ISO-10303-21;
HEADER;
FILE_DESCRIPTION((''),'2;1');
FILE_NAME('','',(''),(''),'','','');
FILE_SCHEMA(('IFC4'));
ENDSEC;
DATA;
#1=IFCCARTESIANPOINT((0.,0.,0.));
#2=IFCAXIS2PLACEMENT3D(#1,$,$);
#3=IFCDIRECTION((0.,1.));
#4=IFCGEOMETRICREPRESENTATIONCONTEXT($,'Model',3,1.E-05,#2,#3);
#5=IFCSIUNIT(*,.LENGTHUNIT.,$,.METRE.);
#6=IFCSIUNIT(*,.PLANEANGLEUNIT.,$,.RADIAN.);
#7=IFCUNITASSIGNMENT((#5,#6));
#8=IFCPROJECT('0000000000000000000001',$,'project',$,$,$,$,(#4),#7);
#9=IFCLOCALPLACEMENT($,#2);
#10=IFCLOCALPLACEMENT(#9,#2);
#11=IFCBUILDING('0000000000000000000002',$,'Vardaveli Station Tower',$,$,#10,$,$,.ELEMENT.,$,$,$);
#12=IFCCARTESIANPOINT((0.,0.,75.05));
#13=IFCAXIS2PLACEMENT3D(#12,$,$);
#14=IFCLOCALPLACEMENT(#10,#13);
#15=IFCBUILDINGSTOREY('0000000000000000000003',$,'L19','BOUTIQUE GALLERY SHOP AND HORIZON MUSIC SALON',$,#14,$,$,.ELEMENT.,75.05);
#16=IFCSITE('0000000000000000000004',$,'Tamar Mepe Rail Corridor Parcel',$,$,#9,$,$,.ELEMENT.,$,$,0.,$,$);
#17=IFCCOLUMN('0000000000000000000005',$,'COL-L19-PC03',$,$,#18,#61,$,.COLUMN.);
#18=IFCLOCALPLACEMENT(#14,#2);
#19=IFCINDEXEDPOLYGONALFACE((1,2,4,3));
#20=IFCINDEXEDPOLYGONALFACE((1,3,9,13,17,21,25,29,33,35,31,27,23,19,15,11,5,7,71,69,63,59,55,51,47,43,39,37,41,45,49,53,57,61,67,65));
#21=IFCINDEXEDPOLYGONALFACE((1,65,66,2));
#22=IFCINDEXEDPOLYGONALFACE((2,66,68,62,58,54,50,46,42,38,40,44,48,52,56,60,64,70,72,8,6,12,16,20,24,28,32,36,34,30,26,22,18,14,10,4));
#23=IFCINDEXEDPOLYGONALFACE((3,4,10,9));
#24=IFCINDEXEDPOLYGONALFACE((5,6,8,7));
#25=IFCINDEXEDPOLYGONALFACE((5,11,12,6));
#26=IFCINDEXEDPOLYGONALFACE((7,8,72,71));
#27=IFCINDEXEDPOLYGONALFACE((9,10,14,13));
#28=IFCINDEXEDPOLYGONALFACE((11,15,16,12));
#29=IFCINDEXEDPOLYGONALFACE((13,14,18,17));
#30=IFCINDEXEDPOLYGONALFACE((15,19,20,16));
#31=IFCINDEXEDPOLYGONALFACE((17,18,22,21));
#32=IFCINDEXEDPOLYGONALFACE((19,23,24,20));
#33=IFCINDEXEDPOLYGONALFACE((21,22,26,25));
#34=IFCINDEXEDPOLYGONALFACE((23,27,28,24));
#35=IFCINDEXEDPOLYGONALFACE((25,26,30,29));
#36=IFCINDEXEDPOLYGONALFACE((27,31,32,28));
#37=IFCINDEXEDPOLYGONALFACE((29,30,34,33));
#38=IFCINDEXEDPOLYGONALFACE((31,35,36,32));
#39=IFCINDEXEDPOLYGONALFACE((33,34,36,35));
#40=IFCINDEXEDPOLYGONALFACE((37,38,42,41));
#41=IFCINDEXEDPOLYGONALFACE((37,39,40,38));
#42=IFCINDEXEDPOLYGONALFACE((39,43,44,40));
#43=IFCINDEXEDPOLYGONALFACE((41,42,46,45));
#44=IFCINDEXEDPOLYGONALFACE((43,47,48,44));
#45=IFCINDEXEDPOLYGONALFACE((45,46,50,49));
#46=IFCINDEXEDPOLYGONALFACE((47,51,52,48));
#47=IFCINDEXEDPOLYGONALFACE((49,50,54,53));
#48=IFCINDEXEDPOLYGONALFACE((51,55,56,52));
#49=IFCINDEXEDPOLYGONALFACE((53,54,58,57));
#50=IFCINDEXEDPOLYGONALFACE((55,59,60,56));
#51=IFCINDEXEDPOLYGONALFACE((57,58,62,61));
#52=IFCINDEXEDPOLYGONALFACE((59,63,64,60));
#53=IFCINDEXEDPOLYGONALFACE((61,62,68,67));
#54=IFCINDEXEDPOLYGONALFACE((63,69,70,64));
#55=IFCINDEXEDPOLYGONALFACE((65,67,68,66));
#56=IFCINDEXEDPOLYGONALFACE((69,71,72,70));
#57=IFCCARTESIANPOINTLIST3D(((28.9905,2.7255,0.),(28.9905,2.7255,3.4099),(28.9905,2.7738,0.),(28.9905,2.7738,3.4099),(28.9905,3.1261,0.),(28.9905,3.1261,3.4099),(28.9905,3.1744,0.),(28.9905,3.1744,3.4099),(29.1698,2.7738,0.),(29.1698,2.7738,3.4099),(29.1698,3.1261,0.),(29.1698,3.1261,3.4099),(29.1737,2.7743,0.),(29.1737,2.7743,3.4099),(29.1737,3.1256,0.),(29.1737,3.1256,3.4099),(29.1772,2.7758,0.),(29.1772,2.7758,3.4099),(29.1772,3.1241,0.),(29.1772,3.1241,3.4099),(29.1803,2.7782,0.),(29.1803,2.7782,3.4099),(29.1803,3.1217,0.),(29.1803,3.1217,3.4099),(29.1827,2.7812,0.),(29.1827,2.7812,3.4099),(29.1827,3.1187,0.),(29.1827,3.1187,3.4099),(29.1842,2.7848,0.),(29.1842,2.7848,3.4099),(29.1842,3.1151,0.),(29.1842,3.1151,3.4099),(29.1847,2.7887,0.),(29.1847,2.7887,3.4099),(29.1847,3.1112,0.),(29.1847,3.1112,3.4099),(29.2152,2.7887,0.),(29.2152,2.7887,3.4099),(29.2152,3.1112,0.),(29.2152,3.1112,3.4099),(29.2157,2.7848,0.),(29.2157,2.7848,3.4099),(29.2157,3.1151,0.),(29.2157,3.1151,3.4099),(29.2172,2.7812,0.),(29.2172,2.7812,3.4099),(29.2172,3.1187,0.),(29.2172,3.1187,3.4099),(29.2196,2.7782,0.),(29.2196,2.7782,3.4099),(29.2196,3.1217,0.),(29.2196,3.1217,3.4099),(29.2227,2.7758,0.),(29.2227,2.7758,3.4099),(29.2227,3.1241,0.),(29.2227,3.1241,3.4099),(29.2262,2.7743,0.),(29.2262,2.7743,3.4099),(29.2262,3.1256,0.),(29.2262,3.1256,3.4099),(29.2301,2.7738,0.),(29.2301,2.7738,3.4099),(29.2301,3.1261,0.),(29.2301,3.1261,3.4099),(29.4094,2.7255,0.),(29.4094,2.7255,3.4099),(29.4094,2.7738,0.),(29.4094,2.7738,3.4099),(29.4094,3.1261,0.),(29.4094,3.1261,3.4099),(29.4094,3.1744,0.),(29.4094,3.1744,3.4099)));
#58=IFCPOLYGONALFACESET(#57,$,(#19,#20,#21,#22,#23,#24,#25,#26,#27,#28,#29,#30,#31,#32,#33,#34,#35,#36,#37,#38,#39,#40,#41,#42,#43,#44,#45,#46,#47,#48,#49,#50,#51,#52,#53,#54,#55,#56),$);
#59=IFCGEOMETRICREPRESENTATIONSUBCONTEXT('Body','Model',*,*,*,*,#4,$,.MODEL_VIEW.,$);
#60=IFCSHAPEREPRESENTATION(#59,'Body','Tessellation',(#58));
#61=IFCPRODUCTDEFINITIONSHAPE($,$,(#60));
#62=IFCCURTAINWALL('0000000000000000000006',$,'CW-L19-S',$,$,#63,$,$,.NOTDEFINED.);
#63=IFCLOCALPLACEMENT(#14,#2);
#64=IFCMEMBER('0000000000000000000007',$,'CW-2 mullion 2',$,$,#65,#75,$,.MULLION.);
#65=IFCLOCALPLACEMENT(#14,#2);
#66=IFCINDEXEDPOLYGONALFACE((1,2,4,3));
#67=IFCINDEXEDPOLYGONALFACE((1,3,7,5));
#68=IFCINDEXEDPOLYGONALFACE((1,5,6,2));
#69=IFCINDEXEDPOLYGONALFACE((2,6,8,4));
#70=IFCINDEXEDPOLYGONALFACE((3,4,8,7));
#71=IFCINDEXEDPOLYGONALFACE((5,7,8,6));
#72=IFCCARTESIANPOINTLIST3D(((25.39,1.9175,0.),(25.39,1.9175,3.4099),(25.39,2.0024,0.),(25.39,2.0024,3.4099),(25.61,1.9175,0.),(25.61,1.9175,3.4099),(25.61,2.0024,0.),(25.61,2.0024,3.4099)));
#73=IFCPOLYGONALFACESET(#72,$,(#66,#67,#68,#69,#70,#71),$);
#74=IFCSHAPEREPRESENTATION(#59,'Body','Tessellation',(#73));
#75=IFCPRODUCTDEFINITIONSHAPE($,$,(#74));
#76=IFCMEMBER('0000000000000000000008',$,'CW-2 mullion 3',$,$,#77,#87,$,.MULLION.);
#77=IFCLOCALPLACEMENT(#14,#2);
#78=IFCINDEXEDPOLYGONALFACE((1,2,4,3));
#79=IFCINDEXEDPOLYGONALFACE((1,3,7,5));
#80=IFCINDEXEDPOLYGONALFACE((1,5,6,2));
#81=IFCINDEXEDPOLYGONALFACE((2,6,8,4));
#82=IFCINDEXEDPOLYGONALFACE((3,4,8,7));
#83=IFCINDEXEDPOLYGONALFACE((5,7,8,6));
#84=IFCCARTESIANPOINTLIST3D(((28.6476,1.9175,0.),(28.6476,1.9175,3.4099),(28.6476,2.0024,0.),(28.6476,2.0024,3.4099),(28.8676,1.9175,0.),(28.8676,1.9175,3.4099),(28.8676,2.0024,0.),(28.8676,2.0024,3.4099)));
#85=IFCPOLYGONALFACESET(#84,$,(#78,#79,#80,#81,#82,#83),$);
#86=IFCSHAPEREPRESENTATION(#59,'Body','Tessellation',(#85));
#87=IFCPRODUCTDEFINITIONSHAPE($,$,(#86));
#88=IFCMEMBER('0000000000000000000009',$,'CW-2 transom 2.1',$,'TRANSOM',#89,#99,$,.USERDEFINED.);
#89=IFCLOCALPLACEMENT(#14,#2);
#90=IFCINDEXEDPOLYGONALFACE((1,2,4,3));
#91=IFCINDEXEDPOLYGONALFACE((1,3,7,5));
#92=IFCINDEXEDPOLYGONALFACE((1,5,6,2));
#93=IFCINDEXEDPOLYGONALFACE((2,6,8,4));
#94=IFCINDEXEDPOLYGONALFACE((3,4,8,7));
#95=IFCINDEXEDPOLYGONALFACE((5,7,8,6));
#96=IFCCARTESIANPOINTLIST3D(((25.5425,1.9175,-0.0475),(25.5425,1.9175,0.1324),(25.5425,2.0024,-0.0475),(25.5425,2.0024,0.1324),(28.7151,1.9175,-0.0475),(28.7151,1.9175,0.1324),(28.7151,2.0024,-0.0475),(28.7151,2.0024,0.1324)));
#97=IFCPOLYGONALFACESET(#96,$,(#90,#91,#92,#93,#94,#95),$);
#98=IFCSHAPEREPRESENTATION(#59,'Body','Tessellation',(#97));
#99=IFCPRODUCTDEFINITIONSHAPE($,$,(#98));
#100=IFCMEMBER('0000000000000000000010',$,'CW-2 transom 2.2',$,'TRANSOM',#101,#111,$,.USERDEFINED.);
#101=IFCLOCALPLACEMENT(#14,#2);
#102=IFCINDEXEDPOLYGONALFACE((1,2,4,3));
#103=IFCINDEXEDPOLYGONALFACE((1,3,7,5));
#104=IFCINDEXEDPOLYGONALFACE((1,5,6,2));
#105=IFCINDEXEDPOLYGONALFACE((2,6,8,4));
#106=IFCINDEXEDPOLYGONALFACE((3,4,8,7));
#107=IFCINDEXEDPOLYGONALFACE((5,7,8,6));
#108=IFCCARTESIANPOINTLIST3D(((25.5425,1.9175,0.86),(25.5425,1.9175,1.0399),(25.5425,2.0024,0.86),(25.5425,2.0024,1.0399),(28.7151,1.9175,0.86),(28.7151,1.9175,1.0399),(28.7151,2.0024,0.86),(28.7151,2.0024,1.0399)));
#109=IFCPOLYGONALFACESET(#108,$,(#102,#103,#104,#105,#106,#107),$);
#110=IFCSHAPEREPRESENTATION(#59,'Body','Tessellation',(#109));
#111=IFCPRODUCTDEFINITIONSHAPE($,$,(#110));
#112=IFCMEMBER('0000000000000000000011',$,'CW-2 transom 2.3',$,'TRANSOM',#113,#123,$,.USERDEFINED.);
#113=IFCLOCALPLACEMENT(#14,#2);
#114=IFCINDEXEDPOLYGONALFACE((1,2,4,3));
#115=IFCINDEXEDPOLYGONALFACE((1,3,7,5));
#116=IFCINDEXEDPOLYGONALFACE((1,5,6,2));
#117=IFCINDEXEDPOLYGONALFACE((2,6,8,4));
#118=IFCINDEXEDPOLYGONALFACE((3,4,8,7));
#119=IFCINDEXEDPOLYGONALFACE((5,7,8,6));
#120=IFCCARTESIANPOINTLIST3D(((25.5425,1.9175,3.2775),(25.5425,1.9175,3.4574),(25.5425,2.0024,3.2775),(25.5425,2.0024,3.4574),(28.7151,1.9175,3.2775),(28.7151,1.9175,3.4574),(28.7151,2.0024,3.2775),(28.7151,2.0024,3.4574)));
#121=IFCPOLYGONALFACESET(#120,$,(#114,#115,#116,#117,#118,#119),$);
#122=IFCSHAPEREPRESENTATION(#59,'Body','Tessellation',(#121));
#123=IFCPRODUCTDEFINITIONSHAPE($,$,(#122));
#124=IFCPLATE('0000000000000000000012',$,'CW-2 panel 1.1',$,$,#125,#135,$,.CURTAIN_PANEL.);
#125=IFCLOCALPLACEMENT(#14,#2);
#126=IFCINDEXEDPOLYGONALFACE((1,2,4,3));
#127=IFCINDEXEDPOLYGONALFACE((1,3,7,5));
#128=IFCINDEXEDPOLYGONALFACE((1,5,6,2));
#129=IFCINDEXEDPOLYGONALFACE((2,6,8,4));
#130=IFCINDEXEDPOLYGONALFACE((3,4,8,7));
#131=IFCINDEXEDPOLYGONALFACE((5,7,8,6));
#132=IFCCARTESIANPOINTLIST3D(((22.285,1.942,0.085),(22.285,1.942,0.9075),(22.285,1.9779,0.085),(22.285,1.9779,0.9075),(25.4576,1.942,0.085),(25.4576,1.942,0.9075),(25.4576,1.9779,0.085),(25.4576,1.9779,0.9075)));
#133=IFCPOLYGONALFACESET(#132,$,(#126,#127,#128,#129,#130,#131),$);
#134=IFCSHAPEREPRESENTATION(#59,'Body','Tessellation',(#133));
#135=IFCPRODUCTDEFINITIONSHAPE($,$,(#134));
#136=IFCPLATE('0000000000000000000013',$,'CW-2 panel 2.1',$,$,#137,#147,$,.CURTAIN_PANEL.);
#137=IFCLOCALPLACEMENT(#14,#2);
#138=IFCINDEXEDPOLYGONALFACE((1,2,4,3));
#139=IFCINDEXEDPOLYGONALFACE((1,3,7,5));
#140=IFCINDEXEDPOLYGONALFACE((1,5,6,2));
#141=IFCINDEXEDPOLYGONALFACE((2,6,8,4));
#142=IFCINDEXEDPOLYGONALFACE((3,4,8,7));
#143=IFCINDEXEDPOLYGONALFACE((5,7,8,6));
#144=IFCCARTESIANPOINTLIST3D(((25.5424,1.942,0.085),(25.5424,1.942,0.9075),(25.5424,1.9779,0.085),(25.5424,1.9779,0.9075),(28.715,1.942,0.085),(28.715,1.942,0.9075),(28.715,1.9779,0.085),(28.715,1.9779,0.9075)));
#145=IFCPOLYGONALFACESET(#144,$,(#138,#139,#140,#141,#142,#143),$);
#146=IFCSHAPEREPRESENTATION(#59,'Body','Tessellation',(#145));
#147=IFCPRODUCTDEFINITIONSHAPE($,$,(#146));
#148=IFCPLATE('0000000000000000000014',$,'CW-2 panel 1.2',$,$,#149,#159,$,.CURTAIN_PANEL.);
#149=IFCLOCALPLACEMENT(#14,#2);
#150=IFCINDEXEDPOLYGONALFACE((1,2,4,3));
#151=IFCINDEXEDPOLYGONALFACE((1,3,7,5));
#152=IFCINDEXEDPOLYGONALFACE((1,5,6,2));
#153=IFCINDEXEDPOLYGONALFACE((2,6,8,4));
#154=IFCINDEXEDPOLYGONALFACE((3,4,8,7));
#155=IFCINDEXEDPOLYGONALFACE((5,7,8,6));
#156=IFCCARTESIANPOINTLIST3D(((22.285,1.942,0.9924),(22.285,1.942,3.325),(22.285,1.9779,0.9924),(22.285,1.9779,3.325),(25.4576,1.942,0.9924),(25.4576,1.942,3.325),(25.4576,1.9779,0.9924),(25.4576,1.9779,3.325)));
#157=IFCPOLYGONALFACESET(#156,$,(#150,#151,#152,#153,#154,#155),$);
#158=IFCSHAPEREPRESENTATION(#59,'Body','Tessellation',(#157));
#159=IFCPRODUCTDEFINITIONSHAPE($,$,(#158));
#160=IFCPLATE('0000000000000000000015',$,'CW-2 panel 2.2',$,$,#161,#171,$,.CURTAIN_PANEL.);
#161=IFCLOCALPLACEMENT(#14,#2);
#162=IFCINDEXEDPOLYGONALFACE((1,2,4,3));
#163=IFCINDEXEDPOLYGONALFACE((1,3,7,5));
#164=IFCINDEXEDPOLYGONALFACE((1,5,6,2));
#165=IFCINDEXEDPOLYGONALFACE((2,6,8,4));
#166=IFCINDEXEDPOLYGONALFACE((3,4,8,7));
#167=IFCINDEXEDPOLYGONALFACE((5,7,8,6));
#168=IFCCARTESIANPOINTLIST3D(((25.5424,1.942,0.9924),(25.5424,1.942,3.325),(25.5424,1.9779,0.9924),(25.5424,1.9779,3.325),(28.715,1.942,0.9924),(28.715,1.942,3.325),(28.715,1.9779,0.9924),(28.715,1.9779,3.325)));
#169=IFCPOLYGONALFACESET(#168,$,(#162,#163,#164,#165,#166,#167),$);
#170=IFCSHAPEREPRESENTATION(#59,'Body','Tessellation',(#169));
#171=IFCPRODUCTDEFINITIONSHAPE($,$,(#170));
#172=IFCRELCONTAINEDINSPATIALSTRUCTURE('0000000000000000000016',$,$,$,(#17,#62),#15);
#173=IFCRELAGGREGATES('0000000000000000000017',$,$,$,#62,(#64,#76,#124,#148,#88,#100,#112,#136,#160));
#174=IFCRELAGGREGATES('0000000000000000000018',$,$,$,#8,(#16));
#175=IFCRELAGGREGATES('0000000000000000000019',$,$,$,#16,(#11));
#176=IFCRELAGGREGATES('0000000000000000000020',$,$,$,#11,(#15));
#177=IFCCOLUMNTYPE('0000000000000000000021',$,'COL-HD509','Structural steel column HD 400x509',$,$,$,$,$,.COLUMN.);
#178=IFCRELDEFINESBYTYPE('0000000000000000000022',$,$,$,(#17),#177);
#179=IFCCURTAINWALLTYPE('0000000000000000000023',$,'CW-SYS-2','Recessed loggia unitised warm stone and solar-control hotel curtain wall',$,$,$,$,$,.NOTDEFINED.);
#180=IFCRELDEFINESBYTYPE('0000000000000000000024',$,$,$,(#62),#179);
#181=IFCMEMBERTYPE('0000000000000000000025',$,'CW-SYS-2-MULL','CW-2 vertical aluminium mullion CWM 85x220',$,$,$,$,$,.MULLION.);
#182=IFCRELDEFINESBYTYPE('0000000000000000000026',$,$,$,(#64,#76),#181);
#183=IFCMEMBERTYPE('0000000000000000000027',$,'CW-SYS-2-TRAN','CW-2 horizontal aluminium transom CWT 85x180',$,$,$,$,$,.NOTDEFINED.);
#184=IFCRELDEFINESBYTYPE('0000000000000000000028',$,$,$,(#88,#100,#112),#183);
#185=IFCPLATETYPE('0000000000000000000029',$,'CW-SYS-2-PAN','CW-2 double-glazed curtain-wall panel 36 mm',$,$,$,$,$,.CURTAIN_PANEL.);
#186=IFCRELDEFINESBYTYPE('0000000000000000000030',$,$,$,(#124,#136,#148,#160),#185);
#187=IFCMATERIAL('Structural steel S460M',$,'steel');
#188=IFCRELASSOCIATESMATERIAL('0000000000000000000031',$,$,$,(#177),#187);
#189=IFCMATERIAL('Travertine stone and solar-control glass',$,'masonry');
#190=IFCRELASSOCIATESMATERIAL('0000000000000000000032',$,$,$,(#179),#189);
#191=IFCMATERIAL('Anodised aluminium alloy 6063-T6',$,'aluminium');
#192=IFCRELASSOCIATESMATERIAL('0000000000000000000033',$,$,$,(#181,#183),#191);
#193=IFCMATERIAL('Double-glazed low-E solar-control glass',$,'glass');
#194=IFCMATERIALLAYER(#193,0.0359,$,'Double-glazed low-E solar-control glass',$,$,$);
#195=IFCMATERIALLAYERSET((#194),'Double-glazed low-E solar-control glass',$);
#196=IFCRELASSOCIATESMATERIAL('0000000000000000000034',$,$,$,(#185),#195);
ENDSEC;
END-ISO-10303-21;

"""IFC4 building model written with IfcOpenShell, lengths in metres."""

from ifc_helpers import new_model, si_unit, direction, frame, origin, origin_2d, place, context, subcontext, project, spatial, rectangle, i_section, extrude, source, transform, mapped, material, layer, layer_set, material_profile, profile_set, type_object, element, aggregate, save


model = new_model("IFC4")

# Units and contexts
model_context = context("Model", 3, precision=1e-05, world=origin(), true_north=direction((0.0, 1.0)))
body_context = subcontext(model_context, "Body", "Model", "MODEL_VIEW")
ifc_project = project(units=[si_unit("LENGTHUNIT", "METRE"), si_unit("PLANEANGLEUNIT", "RADIAN")], contexts=[model_context])

# Site, building, storey
site_placement = place(None, origin())
site = spatial("IfcSite", under=ifc_project, at=site_placement, Name="Tamar Mepe Rail Corridor Parcel", CompositionType="ELEMENT", RefElevation=0.0)
building_placement = place(site_placement, origin())
building = spatial("IfcBuilding", under=site, at=building_placement, Name="Vardaveli Station Tower", CompositionType="ELEMENT")
storey_placement = place(building_placement, frame((0.0, 0.0, 75.05)))
storey = spatial("IfcBuildingStorey", under=building, at=storey_placement, Name="L19", Description="BOUTIQUE GALLERY SHOP AND HORIZON MUSIC SALON", CompositionType="ELEMENT", Elevation=75.05)

# Column
ifc_material_1 = material(Name="Structural steel S460M", Category="steel")
ifc_material_profile_1 = material_profile(ifc_material_1, i_section(OverallWidth=0.4189, OverallDepth=0.449, WebThickness=0.0305, FlangeThickness=0.0483, FilletRadius=0.0149, at=origin_2d()), Name="HD 400x509")
ifc_profile_set_1 = profile_set([ifc_material_profile_1], Name="Structural steel S460M")
column_type = type_object("IfcColumnType", Name="COL-HD509", Description="Structural steel column HD 400x509", PredefinedType="COLUMN", material=ifc_profile_set_1)
shared_shape_1 = source(origin(), body_context, "Body", "SweptSolid", [
    extrude(i_section(OverallWidth=0.4189, OverallDepth=0.449, WebThickness=0.0305, FlangeThickness=0.0483, FilletRadius=0.0149, at=origin_2d()), origin(), (0.0, 0.0, 1.0), 3.4099),
])
column_placement = place(storey_placement, frame((29.2, 2.95, 0.0), z_axis=(0.0, 0.0, 1.0), x_axis=(1.0, 0.0, 0.0)))
element("IfcColumn", 1, at=column_placement, inside=storey, type_object=column_type, Name="COL-L19-PC03", PredefinedType="COLUMN", context=body_context, shape_type="MappedRepresentation", body=[
    mapped(shared_shape_1, transform((0.0, 0.0, 0.0), scale=1.0)),
])

# Curtain wall, members, plates
ifc_material_2 = material(Name="Travertine stone and solar-control glass", Category="masonry")
curtain_wall_type = type_object("IfcCurtainWallType", Name="CW-SYS-2", Description="Recessed loggia unitised warm stone and solar-control hotel curtain wall", PredefinedType="NOTDEFINED", material=ifc_material_2)
curtain_wall_placement = place(storey_placement, origin())
curtain_wall = element("IfcCurtainWall", 2, at=curtain_wall_placement, inside=storey, type_object=curtain_wall_type, Name="CW-L19-S", PredefinedType="NOTDEFINED")
ifc_material_3 = material(Name="Anodised aluminium alloy 6063-T6", Category="aluminium")
ifc_material_profile_2 = material_profile(ifc_material_3, rectangle(XDim=0.085, YDim=0.22, at=origin_2d()), Name="CWM 85x220")
ifc_profile_set_2 = profile_set([ifc_material_profile_2], Name="Anodised aluminium alloy 6063-T6")
member_type_1 = type_object("IfcMemberType", Name="CW-SYS-2-MULL", Description="CW-2 vertical aluminium mullion CWM 85x220", PredefinedType="MULLION", material=ifc_profile_set_2)
shared_shape_2 = source(origin(), body_context, "Body", "SweptSolid", [
    extrude(rectangle(XDim=0.085, YDim=0.22, at=origin_2d()), origin(), (0.0, 0.0, 1.0), 3.4099),
])
member_1_placement = place(storey_placement, frame((25.5, 1.96, 0.0), z_axis=(0.0, 0.0, 1.0), x_axis=(0.0, 1.0, 0.0)))
member_1 = element("IfcMember", 3, at=member_1_placement, type_object=member_type_1, Name="CW-2 mullion 2", PredefinedType="MULLION", context=body_context, shape_type="MappedRepresentation", body=[
    mapped(shared_shape_2, transform((0.0, 0.0, 0.0), scale=1.0)),
])
member_2_placement = place(storey_placement, frame((28.7576, 1.96, 0.0), z_axis=(0.0, 0.0, 1.0), x_axis=(0.0, 1.0, 0.0)))
member_2 = element("IfcMember", 4, at=member_2_placement, type_object=member_type_1, Name="CW-2 mullion 3", PredefinedType="MULLION", context=body_context, shape_type="MappedRepresentation", body=[
    mapped(shared_shape_2, transform((0.0, 0.0, 0.0), scale=1.0)),
])
ifc_material_profile_3 = material_profile(ifc_material_3, rectangle(XDim=0.085, YDim=0.1799, at=origin_2d()), Name="CWT 85x180")
ifc_profile_set_3 = profile_set([ifc_material_profile_3], Name="Anodised aluminium alloy 6063-T6")
member_type_2 = type_object("IfcMemberType", Name="CW-SYS-2-TRAN", Description="CW-2 horizontal aluminium transom CWT 85x180", PredefinedType="NOTDEFINED", material=ifc_profile_set_3)
shared_shape_3 = source(origin(), body_context, "Body", "SweptSolid", [
    extrude(rectangle(XDim=0.085, YDim=0.1799, at=origin_2d()), origin(), (0.0, 0.0, 1.0), 3.1726),
])
member_3_placement = place(storey_placement, frame((25.5425, 1.96, 0.0425), z_axis=(1.0, 0.0, 0.0), x_axis=(0.0, 1.0, 0.0)))
member_3 = element("IfcMember", 5, at=member_3_placement, type_object=member_type_2, Name="CW-2 transom 2.1", ObjectType="TRANSOM", PredefinedType="USERDEFINED", context=body_context, shape_type="MappedRepresentation", body=[
    mapped(shared_shape_3, transform((0.0, 0.0, 0.0), scale=1.0)),
])
member_4_placement = place(storey_placement, frame((25.5425, 1.96, 0.95), z_axis=(1.0, 0.0, 0.0), x_axis=(0.0, 1.0, 0.0)))
member_4 = element("IfcMember", 6, at=member_4_placement, type_object=member_type_2, Name="CW-2 transom 2.2", ObjectType="TRANSOM", PredefinedType="USERDEFINED", context=body_context, shape_type="MappedRepresentation", body=[
    mapped(shared_shape_3, transform((0.0, 0.0, 0.0), scale=1.0)),
])
member_5_placement = place(storey_placement, frame((25.5425, 1.96, 3.3674), z_axis=(1.0, 0.0, 0.0), x_axis=(0.0, 1.0, 0.0)))
member_5 = element("IfcMember", 7, at=member_5_placement, type_object=member_type_2, Name="CW-2 transom 2.3", ObjectType="TRANSOM", PredefinedType="USERDEFINED", context=body_context, shape_type="MappedRepresentation", body=[
    mapped(shared_shape_3, transform((0.0, 0.0, 0.0), scale=1.0)),
])
ifc_material_4 = material(Name="Double-glazed low-E solar-control glass", Category="glass")
ifc_layer_1 = layer(ifc_material_4, 0.0359, Name="Double-glazed low-E solar-control glass")
ifc_layer_set_1 = layer_set([ifc_layer_1], Name="Double-glazed low-E solar-control glass")
plate_type = type_object("IfcPlateType", Name="CW-SYS-2-PAN", Description="CW-2 double-glazed curtain-wall panel 36 mm", PredefinedType="CURTAIN_PANEL", material=ifc_layer_set_1)
shared_shape_4 = source(origin(), body_context, "Body", "SweptSolid", [
    extrude(rectangle(XDim=3.1726, YDim=0.0359, at=origin_2d()), origin(), (0.0, 0.0, 1.0), 0.8225),
])
plate_1_placement = place(storey_placement, frame((23.8713, 1.96, 0.085), z_axis=(0.0, 0.0, 1.0), x_axis=(1.0, 0.0, 0.0)))
plate_1 = element("IfcPlate", 8, at=plate_1_placement, type_object=plate_type, Name="CW-2 panel 1.1", PredefinedType="CURTAIN_PANEL", context=body_context, shape_type="MappedRepresentation", body=[
    mapped(shared_shape_4, transform((0.0, 0.0, 0.0), scale=1.0)),
])
plate_2_placement = place(storey_placement, frame((27.1287, 1.96, 0.085), z_axis=(0.0, 0.0, 1.0), x_axis=(1.0, 0.0, 0.0)))
plate_2 = element("IfcPlate", 9, at=plate_2_placement, type_object=plate_type, Name="CW-2 panel 2.1", PredefinedType="CURTAIN_PANEL", context=body_context, shape_type="MappedRepresentation", body=[
    mapped(shared_shape_4, transform((0.0, 0.0, 0.0), scale=1.0)),
])
shared_shape_5 = source(origin(), body_context, "Body", "SweptSolid", [
    extrude(rectangle(XDim=3.1726, YDim=0.0359, at=origin_2d()), origin(), (0.0, 0.0, 1.0), 2.3325),
])
plate_3_placement = place(storey_placement, frame((23.8713, 1.96, 0.9924), z_axis=(0.0, 0.0, 1.0), x_axis=(1.0, 0.0, 0.0)))
plate_3 = element("IfcPlate", 10, at=plate_3_placement, type_object=plate_type, Name="CW-2 panel 1.2", PredefinedType="CURTAIN_PANEL", context=body_context, shape_type="MappedRepresentation", body=[
    mapped(shared_shape_5, transform((0.0, 0.0, 0.0), scale=1.0)),
])
plate_4_placement = place(storey_placement, frame((27.1287, 1.96, 0.9924), z_axis=(0.0, 0.0, 1.0), x_axis=(1.0, 0.0, 0.0)))
plate_4 = element("IfcPlate", 11, at=plate_4_placement, type_object=plate_type, Name="CW-2 panel 2.2", PredefinedType="CURTAIN_PANEL", context=body_context, shape_type="MappedRepresentation", body=[
    mapped(shared_shape_5, transform((0.0, 0.0, 0.0), scale=1.0)),
])
aggregate(curtain_wall, [member_1, member_2, plate_1, plate_3, member_3, member_4, member_5, plate_2, plate_4])

save(model, "model.ifc")
